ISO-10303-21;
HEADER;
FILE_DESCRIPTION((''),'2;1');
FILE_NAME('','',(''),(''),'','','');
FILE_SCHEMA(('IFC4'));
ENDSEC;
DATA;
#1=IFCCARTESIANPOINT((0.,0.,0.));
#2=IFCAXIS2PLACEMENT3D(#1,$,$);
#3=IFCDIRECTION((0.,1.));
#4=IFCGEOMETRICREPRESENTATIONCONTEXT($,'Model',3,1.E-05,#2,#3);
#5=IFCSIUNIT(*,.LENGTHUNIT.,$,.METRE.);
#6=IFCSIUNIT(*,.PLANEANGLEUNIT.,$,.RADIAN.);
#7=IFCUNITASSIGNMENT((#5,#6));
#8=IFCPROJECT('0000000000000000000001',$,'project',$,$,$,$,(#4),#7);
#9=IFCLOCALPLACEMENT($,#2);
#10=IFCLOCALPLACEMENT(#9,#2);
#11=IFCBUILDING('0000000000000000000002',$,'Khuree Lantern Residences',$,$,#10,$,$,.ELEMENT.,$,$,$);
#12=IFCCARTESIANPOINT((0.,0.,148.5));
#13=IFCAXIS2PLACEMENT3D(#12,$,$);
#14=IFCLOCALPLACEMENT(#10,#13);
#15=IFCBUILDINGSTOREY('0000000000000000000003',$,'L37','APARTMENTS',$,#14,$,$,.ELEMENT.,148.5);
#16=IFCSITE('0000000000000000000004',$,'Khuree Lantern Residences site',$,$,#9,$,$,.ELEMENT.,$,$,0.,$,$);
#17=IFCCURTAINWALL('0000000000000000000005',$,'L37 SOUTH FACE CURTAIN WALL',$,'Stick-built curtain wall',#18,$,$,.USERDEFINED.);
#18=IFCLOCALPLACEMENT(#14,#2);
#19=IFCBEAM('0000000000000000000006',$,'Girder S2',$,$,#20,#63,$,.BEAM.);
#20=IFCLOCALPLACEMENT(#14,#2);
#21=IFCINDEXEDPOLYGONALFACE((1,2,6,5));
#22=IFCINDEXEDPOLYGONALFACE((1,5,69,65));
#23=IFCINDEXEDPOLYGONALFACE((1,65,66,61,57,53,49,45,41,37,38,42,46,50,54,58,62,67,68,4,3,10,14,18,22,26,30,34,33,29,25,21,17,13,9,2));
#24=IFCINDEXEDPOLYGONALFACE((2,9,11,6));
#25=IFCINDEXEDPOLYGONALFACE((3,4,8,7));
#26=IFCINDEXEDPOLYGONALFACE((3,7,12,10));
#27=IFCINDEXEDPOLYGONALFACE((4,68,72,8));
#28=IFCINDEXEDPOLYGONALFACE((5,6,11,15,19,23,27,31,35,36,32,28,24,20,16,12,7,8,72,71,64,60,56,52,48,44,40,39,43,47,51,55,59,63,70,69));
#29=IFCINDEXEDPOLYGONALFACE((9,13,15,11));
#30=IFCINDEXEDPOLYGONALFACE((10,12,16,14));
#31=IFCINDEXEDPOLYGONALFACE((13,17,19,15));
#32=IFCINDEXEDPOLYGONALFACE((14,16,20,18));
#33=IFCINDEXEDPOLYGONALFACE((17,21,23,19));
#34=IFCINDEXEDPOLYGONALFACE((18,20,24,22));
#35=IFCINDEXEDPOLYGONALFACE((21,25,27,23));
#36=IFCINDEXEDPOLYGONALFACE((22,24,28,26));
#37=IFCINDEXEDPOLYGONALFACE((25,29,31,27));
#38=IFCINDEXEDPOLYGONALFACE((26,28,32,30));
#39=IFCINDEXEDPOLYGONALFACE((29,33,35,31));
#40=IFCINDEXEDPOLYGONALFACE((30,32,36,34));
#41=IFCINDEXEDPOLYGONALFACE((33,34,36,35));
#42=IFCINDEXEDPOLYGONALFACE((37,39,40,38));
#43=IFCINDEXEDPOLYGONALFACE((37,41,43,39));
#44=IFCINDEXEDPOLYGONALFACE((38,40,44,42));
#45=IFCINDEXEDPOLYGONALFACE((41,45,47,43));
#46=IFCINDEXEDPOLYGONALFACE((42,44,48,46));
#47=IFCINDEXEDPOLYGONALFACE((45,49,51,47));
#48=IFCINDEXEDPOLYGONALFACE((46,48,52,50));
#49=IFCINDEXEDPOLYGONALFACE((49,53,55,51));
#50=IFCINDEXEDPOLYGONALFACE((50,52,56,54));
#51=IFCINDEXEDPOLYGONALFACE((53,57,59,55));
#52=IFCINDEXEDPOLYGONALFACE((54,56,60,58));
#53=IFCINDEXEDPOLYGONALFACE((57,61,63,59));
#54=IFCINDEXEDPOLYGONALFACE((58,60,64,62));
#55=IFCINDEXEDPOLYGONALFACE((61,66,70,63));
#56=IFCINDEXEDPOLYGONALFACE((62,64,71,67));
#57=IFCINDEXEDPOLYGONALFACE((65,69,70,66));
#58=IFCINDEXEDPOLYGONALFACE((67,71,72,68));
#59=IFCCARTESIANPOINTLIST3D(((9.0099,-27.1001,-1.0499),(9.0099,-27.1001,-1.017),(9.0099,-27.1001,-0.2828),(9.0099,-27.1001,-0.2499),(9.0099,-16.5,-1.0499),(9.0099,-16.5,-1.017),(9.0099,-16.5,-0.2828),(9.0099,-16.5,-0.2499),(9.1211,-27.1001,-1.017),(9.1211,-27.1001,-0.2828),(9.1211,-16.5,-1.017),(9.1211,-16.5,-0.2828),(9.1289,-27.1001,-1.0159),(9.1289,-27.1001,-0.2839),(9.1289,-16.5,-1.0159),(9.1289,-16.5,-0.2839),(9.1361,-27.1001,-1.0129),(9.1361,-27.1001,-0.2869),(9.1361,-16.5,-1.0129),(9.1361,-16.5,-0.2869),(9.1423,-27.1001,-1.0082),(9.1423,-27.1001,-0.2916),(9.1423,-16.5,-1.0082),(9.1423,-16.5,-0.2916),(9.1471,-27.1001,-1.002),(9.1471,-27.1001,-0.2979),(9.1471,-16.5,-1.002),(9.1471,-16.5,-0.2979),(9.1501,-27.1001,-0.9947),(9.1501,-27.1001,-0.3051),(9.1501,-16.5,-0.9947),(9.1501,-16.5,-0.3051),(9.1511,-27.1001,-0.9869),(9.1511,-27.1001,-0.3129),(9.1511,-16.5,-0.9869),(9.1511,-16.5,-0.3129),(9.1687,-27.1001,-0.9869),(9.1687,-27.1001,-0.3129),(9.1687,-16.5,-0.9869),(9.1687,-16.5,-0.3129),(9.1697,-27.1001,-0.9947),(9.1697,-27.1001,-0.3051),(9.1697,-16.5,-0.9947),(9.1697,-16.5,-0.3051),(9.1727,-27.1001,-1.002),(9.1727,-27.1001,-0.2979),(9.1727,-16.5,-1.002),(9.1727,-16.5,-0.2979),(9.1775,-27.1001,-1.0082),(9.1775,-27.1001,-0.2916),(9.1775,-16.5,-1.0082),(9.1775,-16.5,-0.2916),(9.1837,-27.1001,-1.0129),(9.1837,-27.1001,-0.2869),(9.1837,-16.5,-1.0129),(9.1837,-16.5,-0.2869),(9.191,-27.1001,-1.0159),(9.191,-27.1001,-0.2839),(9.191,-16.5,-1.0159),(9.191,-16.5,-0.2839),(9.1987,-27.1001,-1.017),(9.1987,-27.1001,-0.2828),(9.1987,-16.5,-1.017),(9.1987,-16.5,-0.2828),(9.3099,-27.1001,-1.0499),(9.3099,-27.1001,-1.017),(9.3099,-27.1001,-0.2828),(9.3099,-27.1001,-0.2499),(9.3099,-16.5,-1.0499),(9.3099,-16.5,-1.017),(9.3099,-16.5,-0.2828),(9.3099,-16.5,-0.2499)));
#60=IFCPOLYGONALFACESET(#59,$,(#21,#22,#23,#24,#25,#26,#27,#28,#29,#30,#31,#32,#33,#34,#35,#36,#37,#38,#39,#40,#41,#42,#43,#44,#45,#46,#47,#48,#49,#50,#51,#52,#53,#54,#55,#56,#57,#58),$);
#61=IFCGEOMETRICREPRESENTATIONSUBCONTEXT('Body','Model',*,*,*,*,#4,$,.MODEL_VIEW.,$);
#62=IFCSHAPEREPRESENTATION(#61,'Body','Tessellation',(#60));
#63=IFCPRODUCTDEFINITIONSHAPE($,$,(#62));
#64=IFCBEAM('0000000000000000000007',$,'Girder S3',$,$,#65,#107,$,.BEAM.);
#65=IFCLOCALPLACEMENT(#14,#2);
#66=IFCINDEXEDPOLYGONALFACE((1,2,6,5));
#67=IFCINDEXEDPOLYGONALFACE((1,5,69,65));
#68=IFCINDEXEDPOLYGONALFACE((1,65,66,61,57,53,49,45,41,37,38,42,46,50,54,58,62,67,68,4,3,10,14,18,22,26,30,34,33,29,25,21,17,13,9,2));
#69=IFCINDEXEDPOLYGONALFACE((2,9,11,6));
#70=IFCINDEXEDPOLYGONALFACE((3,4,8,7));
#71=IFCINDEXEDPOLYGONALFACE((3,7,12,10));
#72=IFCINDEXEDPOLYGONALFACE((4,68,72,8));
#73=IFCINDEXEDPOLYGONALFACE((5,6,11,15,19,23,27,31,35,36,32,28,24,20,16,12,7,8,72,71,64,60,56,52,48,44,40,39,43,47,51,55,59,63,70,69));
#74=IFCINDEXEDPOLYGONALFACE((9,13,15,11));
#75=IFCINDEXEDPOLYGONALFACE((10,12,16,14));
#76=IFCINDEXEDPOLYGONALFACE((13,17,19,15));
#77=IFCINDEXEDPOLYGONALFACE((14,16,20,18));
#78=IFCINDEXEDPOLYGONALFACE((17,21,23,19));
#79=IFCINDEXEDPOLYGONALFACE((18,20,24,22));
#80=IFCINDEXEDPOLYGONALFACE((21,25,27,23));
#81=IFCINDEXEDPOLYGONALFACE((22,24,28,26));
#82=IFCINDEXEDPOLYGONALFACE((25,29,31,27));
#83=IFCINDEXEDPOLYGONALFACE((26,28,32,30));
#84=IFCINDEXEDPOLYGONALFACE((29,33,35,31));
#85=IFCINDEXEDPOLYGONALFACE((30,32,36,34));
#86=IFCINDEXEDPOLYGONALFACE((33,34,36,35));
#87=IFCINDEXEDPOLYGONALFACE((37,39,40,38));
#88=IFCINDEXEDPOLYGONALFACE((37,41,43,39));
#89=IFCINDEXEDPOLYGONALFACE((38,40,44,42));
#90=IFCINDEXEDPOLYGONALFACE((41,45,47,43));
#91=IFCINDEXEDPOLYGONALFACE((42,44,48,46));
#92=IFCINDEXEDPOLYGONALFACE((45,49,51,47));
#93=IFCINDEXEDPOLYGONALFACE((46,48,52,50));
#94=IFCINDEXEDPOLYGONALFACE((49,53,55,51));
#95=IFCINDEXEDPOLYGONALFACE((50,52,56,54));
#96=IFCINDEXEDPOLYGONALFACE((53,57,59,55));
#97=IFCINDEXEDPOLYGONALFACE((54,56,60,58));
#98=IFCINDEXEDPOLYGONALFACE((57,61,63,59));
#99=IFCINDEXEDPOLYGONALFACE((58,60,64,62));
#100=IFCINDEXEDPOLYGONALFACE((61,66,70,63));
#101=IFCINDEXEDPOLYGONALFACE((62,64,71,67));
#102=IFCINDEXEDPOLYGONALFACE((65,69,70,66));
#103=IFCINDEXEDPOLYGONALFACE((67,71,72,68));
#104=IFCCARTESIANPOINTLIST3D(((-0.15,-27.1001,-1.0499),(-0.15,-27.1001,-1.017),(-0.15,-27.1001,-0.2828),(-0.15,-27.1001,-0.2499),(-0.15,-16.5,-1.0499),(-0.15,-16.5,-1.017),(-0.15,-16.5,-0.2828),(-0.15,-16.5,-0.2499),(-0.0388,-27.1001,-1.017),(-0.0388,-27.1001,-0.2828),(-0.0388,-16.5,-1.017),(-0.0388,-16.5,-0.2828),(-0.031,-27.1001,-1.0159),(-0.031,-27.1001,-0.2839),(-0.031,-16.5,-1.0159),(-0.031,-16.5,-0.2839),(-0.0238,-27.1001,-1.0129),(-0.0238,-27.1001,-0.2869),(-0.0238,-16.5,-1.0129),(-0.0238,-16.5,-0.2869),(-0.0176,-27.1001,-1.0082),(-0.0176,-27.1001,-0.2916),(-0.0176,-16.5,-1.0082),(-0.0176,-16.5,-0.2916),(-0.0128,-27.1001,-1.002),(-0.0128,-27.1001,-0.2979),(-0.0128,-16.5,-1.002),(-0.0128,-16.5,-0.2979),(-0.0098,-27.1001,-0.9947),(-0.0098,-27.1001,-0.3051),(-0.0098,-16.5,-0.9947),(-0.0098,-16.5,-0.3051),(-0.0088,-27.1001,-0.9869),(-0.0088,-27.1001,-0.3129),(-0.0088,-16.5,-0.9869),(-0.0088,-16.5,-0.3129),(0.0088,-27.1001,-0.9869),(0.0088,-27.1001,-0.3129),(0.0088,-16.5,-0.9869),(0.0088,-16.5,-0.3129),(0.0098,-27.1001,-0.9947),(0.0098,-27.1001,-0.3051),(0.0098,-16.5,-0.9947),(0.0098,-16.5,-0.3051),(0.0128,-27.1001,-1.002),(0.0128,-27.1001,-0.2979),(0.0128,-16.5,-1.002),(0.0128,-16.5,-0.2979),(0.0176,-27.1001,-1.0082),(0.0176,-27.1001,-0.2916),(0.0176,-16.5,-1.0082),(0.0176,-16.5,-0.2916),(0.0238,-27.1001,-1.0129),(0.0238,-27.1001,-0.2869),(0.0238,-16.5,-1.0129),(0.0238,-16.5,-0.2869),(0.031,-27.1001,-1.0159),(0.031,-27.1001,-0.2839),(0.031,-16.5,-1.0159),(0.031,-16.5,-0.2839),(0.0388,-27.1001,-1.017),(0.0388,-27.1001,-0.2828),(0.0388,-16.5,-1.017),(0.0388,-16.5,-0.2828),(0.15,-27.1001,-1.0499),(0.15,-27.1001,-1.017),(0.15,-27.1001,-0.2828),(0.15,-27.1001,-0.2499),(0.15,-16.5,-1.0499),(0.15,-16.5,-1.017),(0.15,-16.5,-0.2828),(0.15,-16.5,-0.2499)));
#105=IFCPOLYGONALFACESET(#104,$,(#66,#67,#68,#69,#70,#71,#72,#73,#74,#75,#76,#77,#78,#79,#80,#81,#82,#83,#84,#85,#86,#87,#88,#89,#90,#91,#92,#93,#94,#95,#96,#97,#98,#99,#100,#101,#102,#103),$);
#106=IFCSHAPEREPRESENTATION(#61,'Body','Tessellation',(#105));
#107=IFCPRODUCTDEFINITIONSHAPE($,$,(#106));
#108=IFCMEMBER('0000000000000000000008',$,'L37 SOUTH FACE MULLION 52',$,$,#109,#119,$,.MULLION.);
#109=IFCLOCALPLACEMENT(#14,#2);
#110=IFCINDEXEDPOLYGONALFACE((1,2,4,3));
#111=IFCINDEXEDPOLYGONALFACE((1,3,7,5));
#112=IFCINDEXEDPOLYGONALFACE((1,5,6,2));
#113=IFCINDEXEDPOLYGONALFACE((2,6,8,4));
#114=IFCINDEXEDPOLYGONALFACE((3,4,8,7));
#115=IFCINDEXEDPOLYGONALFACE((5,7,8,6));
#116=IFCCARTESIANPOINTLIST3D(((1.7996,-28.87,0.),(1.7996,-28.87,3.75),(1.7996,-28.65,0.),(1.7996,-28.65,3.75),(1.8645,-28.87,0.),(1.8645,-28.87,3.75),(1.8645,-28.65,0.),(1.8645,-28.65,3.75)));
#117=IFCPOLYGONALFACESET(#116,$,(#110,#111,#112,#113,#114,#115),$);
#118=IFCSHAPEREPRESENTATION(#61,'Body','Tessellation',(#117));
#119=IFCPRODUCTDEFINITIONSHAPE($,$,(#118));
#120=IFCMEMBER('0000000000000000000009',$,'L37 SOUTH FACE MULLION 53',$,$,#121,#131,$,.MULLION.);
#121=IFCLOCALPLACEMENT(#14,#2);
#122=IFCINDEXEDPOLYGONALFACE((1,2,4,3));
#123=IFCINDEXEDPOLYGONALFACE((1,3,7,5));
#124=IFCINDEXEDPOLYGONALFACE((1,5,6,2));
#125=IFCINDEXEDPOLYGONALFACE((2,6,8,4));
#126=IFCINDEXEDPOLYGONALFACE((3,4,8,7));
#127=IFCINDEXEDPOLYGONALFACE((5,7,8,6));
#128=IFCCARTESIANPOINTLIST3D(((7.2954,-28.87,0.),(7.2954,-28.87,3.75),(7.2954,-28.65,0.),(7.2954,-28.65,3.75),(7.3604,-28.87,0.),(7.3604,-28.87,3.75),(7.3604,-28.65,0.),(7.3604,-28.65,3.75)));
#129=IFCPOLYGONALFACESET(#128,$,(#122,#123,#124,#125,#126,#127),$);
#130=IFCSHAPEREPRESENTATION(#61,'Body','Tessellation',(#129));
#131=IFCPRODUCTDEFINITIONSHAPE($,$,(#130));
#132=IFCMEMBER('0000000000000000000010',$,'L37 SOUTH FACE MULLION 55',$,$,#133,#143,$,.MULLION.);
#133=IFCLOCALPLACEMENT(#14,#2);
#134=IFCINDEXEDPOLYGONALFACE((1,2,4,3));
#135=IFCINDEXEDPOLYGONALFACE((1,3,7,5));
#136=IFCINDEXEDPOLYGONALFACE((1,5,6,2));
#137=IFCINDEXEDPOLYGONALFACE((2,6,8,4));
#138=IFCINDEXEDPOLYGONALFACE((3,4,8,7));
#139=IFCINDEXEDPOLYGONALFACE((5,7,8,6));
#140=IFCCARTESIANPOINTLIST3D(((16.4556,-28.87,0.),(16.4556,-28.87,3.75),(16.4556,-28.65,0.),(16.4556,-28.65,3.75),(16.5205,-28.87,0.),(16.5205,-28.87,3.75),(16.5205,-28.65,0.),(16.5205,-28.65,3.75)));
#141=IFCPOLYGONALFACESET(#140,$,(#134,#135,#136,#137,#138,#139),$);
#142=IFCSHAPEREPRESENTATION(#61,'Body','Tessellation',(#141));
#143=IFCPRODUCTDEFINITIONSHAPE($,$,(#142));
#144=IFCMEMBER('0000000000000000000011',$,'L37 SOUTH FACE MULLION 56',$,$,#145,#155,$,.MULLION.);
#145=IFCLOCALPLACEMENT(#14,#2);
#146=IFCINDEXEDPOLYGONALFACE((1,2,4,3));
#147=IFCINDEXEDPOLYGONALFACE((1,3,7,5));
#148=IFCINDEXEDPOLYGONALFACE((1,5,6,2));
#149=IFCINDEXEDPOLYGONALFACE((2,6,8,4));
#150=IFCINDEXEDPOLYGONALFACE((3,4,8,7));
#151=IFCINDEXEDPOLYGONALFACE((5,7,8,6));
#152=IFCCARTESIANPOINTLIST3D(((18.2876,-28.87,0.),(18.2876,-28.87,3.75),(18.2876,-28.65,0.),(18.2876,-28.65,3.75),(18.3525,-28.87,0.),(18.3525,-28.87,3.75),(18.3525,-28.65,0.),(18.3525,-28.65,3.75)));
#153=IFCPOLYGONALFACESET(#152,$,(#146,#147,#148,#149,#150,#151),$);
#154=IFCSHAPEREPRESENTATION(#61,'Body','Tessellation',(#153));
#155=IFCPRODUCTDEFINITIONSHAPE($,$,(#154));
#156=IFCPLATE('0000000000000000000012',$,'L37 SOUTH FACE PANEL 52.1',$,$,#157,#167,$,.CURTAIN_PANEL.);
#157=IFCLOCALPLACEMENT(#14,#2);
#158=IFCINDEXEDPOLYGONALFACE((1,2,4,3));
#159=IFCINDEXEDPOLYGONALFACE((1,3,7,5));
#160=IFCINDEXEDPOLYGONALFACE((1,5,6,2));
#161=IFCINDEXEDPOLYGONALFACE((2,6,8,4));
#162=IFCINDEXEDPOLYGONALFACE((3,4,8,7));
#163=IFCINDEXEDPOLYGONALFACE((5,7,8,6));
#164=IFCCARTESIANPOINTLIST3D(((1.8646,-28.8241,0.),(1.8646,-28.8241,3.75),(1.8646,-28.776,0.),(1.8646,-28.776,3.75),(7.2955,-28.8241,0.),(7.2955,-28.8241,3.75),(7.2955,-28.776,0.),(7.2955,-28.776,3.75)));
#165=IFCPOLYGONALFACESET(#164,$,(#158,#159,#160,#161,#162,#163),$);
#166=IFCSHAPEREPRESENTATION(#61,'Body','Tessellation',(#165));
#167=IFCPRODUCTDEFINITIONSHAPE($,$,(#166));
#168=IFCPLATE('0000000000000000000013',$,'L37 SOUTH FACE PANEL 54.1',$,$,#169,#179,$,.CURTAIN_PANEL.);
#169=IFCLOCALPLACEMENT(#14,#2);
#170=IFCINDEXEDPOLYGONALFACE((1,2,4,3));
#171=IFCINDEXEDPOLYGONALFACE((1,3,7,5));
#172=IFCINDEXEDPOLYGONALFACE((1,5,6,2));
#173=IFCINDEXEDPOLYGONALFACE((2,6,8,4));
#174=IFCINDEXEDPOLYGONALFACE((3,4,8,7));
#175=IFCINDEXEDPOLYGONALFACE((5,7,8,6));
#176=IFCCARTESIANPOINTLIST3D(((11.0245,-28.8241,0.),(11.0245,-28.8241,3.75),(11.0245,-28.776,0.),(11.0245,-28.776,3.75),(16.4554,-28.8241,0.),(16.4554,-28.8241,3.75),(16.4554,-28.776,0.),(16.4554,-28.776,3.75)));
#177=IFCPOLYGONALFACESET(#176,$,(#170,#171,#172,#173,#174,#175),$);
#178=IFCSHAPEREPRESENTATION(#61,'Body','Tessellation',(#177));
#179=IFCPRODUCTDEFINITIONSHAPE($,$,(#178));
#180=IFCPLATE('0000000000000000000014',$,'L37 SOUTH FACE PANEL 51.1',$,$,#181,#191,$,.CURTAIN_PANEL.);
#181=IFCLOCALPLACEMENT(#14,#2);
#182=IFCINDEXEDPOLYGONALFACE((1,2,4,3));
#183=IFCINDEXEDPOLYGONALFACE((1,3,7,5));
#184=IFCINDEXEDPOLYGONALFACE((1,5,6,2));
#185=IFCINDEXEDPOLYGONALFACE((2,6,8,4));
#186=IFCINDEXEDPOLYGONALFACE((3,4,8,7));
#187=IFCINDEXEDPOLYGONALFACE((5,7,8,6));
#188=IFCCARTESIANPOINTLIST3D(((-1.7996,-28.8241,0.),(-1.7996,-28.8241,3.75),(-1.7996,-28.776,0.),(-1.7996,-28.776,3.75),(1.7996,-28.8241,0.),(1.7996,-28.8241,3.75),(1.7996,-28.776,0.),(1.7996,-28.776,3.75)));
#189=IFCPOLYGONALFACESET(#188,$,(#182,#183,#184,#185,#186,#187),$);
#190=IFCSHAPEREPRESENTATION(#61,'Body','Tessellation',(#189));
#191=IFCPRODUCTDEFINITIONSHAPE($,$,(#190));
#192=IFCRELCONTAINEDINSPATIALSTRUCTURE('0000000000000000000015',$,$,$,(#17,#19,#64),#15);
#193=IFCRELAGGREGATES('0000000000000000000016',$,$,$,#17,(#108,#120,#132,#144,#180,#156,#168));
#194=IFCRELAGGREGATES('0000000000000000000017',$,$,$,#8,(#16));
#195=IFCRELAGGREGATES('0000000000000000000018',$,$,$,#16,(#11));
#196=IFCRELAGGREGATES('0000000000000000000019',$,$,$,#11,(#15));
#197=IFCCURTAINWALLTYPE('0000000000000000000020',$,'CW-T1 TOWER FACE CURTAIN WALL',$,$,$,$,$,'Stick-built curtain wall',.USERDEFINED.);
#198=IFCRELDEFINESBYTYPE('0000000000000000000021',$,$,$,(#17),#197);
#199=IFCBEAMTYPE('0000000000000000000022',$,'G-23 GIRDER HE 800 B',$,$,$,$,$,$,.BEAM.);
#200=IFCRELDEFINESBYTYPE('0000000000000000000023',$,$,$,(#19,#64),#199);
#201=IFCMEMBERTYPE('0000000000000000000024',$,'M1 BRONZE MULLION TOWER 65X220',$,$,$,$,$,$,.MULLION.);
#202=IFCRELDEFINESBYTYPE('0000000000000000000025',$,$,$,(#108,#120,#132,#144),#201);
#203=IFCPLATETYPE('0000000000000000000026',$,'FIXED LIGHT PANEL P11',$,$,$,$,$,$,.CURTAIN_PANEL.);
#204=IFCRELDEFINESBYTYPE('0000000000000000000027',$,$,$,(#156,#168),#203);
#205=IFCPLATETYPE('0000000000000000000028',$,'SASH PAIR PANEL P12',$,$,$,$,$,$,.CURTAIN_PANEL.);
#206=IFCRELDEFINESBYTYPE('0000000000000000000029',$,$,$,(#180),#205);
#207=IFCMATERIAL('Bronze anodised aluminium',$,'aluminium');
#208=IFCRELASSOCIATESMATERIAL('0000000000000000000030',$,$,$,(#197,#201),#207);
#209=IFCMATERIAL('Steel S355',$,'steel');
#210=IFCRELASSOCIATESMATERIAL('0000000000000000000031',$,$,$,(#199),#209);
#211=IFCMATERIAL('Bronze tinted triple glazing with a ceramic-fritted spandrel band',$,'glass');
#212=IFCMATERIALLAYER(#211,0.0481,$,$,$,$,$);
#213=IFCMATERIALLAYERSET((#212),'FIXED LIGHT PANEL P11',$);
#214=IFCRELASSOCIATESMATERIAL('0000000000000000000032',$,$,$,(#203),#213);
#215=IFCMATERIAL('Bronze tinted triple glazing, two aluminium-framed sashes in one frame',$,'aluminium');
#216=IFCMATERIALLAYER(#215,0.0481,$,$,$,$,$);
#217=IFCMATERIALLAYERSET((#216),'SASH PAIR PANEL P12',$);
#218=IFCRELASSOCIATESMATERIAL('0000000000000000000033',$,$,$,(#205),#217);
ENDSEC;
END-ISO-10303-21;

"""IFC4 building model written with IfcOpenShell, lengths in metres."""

from ifc_helpers import new_model, si_unit, direction, frame, origin, origin_2d, place, context, subcontext, project, spatial, rectangle, i_section, extrude, material, layer, layer_set, material_profile, profile_set, type_object, element, aggregate, save


model = new_model("IFC4")

# Units and contexts
model_context = context("Model", 3, precision=1e-05, world=origin(), true_north=direction((0.0, 1.0)))
body_context = subcontext(model_context, "Body", "Model", "MODEL_VIEW")
ifc_project = project(units=[si_unit("LENGTHUNIT", "METRE"), si_unit("PLANEANGLEUNIT", "RADIAN")], contexts=[model_context])

# Site, building, storey
site_placement = place(None, origin())
site = spatial("IfcSite", under=ifc_project, at=site_placement, Name="Khuree Lantern Residences site", CompositionType="ELEMENT", RefElevation=0.0)
building_placement = place(site_placement, origin())
building = spatial("IfcBuilding", under=site, at=building_placement, Name="Khuree Lantern Residences", CompositionType="ELEMENT")
storey_placement = place(building_placement, frame((0.0, 0.0, 148.5)))
storey = spatial("IfcBuildingStorey", under=building, at=storey_placement, Name="L37", Description="APARTMENTS", CompositionType="ELEMENT", Elevation=148.5)

# Shared definitions
ifc_material_1 = material(Name="Steel S355", Category="steel")

# Curtain wall
ifc_material_2 = material(Name="Bronze anodised aluminium", Category="aluminium")
curtain_wall_type = type_object("IfcCurtainWallType", Name="CW-T1 TOWER FACE CURTAIN WALL", ElementType="Stick-built curtain wall", PredefinedType="USERDEFINED", material=ifc_material_2)
curtain_wall_placement = place(storey_placement, origin())
curtain_wall = element("IfcCurtainWall", 1, at=curtain_wall_placement, inside=storey, type_object=curtain_wall_type, Name="L37 SOUTH FACE CURTAIN WALL", ObjectType="Stick-built curtain wall", PredefinedType="USERDEFINED")

# Beams
ifc_material_profile_1 = material_profile(ifc_material_1, i_section(OverallWidth=0.3, OverallDepth=0.8, WebThickness=0.0176, FlangeThickness=0.033, FilletRadius=0.03, at=origin_2d()), Name="HE 800 B")
ifc_profile_set_1 = profile_set([ifc_material_profile_1], Name="Steel S355")
beam_type_1 = type_object("IfcBeamType", Name="G-23 GIRDER HE 800 B", PredefinedType="BEAM", material=ifc_profile_set_1)
for number, where, z_axis, x_axis, name in (
    (2, (9.1599, -27.1001, -0.6499), (0.0, 1.0, 0.0), (-1.0, 0.0, 0.0), "Girder S2"),
    (3, (0.0, -27.1001, -0.6499), (0.0, 1.0, 0.0), (-1.0, 0.0, 0.0), "Girder S3"),
):
    element("IfcBeam", number, at=place(storey_placement, frame(where, z_axis=z_axis, x_axis=x_axis)), inside=storey, type_object=beam_type_1, Name=name, PredefinedType="BEAM", context=body_context, shape_type="SweptSolid", body=[
        extrude(i_section(OverallWidth=0.3, OverallDepth=0.8, WebThickness=0.0176, FlangeThickness=0.033, FilletRadius=0.03, at=origin_2d()), origin(), (0.0, 0.0, 1.0), 10.6001),
    ])

# Members
ifc_material_profile_2 = material_profile(ifc_material_2, rectangle(XDim=0.0649, YDim=0.22, at=origin_2d()), Name="M1 65X220")
ifc_profile_set_2 = profile_set([ifc_material_profile_2], Name="Bronze anodised aluminium")
member_type_1 = type_object("IfcMemberType", Name="M1 BRONZE MULLION TOWER 65X220", PredefinedType="MULLION", material=ifc_profile_set_2)
member_1_placement = place(storey_placement, frame((1.832, -28.76, 0.0), z_axis=(0.0, 0.0, 1.0), x_axis=(1.0, 0.0, 0.0)))
member_1 = element("IfcMember", 4, at=member_1_placement, type_object=member_type_1, Name="L37 SOUTH FACE MULLION 52", PredefinedType="MULLION", context=body_context, shape_type="SweptSolid", body=[
    extrude(rectangle(XDim=0.0649, YDim=0.22, at=origin_2d()), origin(), (0.0, 0.0, 1.0), 3.75),
])
member_2_placement = place(storey_placement, frame((7.3279, -28.76, 0.0), z_axis=(0.0, 0.0, 1.0), x_axis=(1.0, 0.0, 0.0)))
member_2 = element("IfcMember", 5, at=member_2_placement, type_object=member_type_1, Name="L37 SOUTH FACE MULLION 53", PredefinedType="MULLION", context=body_context, shape_type="SweptSolid", body=[
    extrude(rectangle(XDim=0.0649, YDim=0.22, at=origin_2d()), origin(), (0.0, 0.0, 1.0), 3.75),
])
member_3_placement = place(storey_placement, frame((16.488, -28.76, 0.0), z_axis=(0.0, 0.0, 1.0), x_axis=(1.0, 0.0, 0.0)))
member_3 = element("IfcMember", 6, at=member_3_placement, type_object=member_type_1, Name="L37 SOUTH FACE MULLION 55", PredefinedType="MULLION", context=body_context, shape_type="SweptSolid", body=[
    extrude(rectangle(XDim=0.0649, YDim=0.22, at=origin_2d()), origin(), (0.0, 0.0, 1.0), 3.75),
])
member_4_placement = place(storey_placement, frame((18.3201, -28.76, 0.0), z_axis=(0.0, 0.0, 1.0), x_axis=(1.0, 0.0, 0.0)))
member_4 = element("IfcMember", 7, at=member_4_placement, type_object=member_type_1, Name="L37 SOUTH FACE MULLION 56", PredefinedType="MULLION", context=body_context, shape_type="SweptSolid", body=[
    extrude(rectangle(XDim=0.0649, YDim=0.22, at=origin_2d()), origin(), (0.0, 0.0, 1.0), 3.75),
])

# Plates
ifc_material_3 = material(Name="Bronze tinted triple glazing with a ceramic-fritted spandrel band", Category="glass")
ifc_layer_1 = layer(ifc_material_3, 0.0481)
ifc_layer_set_1 = layer_set([ifc_layer_1], Name="FIXED LIGHT PANEL P11")
plate_type_1 = type_object("IfcPlateType", Name="FIXED LIGHT PANEL P11", PredefinedType="CURTAIN_PANEL", material=ifc_layer_set_1)
plate_1_placement = place(storey_placement, frame((4.5801, -28.8, 0.0), z_axis=(0.0, 0.0, 1.0), x_axis=(1.0, 0.0, 0.0)))
plate_1 = element("IfcPlate", 8, at=plate_1_placement, type_object=plate_type_1, Name="L37 SOUTH FACE PANEL 52.1", PredefinedType="CURTAIN_PANEL", context=body_context, shape_type="SweptSolid", body=[
    extrude(rectangle(XDim=5.4309, YDim=0.0481, at=origin_2d()), origin(), (0.0, 0.0, 1.0), 3.75),
])
plate_2_placement = place(storey_placement, frame((13.74, -28.8, 0.0), z_axis=(0.0, 0.0, 1.0), x_axis=(1.0, 0.0, 0.0)))
plate_2 = element("IfcPlate", 9, at=plate_2_placement, type_object=plate_type_1, Name="L37 SOUTH FACE PANEL 54.1", PredefinedType="CURTAIN_PANEL", context=body_context, shape_type="SweptSolid", body=[
    extrude(rectangle(XDim=5.4309, YDim=0.0481, at=origin_2d()), origin(), (0.0, 0.0, 1.0), 3.75),
])
ifc_material_4 = material(Name="Bronze tinted triple glazing, two aluminium-framed sashes in one frame", Category="aluminium")
ifc_layer_2 = layer(ifc_material_4, 0.0481)
ifc_layer_set_2 = layer_set([ifc_layer_2], Name="SASH PAIR PANEL P12")
plate_type_2 = type_object("IfcPlateType", Name="SASH PAIR PANEL P12", PredefinedType="CURTAIN_PANEL", material=ifc_layer_set_2)
plate_3_placement = place(storey_placement, frame((0.0, -28.8, 0.0), z_axis=(0.0, 0.0, 1.0), x_axis=(1.0, 0.0, 0.0)))
plate_3 = element("IfcPlate", 10, at=plate_3_placement, type_object=plate_type_2, Name="L37 SOUTH FACE PANEL 51.1", PredefinedType="CURTAIN_PANEL", context=body_context, shape_type="SweptSolid", body=[
    extrude(rectangle(XDim=3.5991, YDim=0.0481, at=origin_2d()), origin(), (0.0, 0.0, 1.0), 3.75),
])
aggregate(curtain_wall, [member_1, member_2, member_3, member_4, plate_3, plate_1, plate_2])

save(model, "model.ifc")
